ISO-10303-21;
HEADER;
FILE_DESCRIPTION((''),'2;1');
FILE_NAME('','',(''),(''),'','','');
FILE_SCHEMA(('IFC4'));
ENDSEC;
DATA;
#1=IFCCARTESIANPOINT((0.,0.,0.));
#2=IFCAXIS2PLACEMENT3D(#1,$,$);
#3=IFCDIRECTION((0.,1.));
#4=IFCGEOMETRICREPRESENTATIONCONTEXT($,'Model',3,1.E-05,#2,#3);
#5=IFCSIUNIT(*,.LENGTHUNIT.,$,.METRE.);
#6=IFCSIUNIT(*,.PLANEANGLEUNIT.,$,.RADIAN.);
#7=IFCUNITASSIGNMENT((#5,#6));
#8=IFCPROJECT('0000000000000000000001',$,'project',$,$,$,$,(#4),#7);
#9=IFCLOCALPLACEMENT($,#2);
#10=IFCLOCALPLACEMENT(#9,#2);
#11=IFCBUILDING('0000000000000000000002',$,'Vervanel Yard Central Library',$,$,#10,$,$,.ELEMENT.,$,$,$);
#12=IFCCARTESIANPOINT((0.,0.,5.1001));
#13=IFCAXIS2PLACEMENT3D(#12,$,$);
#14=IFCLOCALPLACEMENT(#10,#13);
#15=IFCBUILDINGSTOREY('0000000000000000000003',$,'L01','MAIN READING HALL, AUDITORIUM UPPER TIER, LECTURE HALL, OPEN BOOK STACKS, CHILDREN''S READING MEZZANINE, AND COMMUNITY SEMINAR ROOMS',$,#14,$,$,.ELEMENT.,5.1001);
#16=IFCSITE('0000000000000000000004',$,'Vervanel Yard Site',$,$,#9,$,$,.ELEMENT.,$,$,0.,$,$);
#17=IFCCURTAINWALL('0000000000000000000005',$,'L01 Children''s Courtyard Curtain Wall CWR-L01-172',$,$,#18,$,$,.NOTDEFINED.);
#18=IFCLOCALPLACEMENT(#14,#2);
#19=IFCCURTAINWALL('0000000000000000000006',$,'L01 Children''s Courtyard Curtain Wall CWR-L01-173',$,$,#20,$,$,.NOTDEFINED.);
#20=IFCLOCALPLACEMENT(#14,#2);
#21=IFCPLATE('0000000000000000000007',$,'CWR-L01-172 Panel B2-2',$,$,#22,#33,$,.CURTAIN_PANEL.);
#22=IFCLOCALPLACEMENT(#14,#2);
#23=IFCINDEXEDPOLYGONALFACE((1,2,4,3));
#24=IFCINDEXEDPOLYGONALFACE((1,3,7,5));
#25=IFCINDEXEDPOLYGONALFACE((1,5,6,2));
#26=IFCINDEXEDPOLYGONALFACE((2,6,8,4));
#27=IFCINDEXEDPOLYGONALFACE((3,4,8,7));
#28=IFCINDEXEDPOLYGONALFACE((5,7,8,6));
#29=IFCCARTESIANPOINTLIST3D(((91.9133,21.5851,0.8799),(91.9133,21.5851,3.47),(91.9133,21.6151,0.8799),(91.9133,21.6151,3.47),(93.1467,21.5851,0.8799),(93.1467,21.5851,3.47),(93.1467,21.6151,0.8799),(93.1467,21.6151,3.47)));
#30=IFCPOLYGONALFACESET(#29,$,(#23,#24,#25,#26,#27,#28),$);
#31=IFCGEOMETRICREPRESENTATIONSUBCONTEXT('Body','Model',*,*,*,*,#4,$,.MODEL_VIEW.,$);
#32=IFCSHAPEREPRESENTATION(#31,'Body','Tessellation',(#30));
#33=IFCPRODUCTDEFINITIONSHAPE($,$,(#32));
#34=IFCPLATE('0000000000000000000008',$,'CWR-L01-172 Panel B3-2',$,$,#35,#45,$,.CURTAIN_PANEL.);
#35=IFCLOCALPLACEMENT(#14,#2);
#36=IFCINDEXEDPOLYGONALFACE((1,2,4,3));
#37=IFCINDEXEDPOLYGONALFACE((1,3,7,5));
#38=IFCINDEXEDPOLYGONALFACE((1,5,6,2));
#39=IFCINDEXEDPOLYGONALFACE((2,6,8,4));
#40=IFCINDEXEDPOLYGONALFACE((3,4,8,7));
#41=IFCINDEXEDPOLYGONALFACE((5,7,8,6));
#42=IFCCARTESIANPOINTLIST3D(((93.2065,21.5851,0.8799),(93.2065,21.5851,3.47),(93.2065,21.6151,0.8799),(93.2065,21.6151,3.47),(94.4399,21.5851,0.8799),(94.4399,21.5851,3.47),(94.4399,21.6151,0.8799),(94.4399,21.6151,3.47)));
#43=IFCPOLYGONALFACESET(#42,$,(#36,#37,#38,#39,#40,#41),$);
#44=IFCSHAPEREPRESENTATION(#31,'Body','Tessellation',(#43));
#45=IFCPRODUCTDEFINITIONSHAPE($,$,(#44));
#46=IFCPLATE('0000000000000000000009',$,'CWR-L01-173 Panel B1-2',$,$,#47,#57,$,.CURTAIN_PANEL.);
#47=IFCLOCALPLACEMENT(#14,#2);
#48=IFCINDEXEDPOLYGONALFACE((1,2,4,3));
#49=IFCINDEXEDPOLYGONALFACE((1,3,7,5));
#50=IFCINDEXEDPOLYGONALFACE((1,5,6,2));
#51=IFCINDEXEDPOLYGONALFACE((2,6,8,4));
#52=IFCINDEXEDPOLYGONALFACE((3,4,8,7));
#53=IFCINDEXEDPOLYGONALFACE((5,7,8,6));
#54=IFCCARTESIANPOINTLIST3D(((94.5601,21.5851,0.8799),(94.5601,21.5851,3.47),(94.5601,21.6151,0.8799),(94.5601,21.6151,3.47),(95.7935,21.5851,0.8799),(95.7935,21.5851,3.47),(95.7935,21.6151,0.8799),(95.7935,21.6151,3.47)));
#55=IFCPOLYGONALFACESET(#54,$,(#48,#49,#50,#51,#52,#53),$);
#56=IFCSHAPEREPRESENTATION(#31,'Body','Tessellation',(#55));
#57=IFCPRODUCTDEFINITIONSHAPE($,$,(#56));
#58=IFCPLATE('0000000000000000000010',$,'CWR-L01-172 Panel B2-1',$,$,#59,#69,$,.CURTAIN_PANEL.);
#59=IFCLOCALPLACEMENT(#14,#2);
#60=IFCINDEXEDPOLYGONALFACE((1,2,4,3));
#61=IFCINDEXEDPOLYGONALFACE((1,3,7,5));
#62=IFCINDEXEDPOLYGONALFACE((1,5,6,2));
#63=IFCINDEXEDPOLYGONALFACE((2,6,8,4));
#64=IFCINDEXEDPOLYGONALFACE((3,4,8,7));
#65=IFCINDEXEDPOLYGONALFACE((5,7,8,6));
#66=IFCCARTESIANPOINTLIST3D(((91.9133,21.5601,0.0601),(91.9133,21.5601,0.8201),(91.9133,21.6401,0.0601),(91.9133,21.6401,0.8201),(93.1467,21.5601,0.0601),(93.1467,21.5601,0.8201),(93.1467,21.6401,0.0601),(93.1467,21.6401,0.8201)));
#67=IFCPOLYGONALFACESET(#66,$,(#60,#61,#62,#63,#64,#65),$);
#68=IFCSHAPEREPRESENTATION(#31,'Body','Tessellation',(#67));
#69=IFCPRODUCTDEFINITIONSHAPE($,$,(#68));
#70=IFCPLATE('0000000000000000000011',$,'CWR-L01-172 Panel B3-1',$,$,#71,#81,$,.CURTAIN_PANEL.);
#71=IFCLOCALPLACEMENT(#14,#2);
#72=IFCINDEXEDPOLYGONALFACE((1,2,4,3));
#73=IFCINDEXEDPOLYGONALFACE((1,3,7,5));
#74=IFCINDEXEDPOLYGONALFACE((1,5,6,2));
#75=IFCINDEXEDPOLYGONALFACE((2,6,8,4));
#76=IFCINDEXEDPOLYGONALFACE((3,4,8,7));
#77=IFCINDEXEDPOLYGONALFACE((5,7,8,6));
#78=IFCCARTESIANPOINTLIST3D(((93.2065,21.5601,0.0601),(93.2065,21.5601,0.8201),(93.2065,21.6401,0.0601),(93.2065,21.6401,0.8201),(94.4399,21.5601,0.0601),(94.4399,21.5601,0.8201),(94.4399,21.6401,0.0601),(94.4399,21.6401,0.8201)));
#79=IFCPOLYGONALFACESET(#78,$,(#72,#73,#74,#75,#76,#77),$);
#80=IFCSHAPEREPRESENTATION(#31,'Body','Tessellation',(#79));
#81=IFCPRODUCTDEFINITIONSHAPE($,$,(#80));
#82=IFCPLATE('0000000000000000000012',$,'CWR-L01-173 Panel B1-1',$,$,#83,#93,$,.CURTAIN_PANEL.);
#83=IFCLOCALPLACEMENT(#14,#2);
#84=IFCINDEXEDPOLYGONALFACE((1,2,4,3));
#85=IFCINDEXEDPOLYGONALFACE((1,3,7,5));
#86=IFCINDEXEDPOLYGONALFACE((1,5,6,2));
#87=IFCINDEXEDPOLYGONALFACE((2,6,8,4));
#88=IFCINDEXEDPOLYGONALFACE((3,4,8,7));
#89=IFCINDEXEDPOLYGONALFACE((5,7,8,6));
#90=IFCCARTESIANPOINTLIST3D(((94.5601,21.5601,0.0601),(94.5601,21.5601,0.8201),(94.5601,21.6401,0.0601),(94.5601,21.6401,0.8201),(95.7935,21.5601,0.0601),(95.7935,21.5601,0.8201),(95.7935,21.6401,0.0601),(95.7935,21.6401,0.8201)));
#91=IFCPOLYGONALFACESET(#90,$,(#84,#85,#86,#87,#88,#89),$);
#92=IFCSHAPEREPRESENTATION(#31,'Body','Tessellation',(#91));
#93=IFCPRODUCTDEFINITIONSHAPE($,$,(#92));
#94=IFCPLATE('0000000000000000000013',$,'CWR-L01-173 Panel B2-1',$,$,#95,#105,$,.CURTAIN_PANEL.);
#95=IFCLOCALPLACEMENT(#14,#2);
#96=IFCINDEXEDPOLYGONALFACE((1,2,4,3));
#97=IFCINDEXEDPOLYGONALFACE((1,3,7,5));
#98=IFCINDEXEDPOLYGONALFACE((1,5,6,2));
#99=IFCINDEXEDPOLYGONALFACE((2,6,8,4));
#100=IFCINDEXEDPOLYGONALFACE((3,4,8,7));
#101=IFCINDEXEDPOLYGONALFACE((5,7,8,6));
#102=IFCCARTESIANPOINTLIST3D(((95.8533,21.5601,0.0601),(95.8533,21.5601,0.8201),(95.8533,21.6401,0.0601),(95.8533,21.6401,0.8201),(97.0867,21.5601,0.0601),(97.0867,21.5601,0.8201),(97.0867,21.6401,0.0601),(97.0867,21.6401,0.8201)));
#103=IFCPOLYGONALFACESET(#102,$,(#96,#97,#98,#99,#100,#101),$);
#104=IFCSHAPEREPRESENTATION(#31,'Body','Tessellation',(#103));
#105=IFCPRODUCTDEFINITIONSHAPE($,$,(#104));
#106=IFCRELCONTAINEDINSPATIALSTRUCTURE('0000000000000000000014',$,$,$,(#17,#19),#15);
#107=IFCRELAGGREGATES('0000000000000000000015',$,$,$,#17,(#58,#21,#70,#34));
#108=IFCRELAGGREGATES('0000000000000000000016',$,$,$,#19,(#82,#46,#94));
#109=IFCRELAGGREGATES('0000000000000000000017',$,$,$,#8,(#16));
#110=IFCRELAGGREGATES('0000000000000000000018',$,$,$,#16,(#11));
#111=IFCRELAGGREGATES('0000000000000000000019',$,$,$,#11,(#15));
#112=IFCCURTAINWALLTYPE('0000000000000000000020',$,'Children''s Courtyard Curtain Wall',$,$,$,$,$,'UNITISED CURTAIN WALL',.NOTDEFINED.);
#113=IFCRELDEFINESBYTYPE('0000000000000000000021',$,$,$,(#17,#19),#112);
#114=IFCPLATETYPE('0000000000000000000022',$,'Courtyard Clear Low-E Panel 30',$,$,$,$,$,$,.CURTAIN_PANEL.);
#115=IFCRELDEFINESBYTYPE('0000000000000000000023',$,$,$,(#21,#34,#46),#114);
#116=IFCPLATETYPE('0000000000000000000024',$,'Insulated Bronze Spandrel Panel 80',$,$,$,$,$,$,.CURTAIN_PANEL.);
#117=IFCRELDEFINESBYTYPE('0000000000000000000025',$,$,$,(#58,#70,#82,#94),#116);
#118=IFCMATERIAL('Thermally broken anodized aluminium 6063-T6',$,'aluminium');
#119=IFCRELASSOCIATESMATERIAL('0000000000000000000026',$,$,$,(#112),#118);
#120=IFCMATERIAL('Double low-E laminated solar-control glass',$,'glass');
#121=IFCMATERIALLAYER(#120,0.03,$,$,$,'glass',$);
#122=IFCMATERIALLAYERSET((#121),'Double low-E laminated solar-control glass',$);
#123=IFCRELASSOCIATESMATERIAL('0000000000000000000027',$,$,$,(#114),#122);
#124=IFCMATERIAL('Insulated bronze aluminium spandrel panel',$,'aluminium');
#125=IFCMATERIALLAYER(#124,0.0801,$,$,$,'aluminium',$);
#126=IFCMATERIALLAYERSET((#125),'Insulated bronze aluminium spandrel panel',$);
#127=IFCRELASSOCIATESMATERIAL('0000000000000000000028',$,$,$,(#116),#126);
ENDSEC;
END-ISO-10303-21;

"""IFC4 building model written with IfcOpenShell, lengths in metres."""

from ifc_helpers import new_model, si_unit, direction, frame, origin, origin_2d, place, context, subcontext, project, spatial, rectangle, extrude, material, layer, layer_set, type_object, element, aggregate, save


model = new_model("IFC4")

# Units and contexts
model_context = context("Model", 3, precision=1e-05, world=origin(), true_north=direction((0.0, 1.0)))
body_context = subcontext(model_context, "Body", "Model", "MODEL_VIEW")
ifc_project = project(units=[si_unit("LENGTHUNIT", "METRE"), si_unit("PLANEANGLEUNIT", "RADIAN")], contexts=[model_context])

# Site, building, storey
site_placement = place(None, origin())
site = spatial("IfcSite", under=ifc_project, at=site_placement, Name="Vervanel Yard Site", CompositionType="ELEMENT", RefElevation=0.0)
building_placement = place(site_placement, origin())
building = spatial("IfcBuilding", under=site, at=building_placement, Name="Vervanel Yard Central Library", CompositionType="ELEMENT")
storey_placement = place(building_placement, frame((0.0, 0.0, 5.1001)))
storey = spatial("IfcBuildingStorey", under=building, at=storey_placement, Name="L01", Description="MAIN READING HALL, AUDITORIUM UPPER TIER, LECTURE HALL, OPEN BOOK STACKS, CHILDREN'S READING MEZZANINE, AND COMMUNITY SEMINAR ROOMS", CompositionType="ELEMENT", Elevation=5.1001)

# Curtain walls
ifc_material_1 = material(Name="Thermally broken anodized aluminium 6063-T6", Category="aluminium")
curtain_wall_type = type_object("IfcCurtainWallType", Name="Children's Courtyard Curtain Wall", ElementType="UNITISED CURTAIN WALL", PredefinedType="NOTDEFINED", material=ifc_material_1)
curtain_wall_1_placement = place(storey_placement, origin())
curtain_wall_1 = element("IfcCurtainWall", 1, at=curtain_wall_1_placement, inside=storey, type_object=curtain_wall_type, Name="L01 Children's Courtyard Curtain Wall CWR-L01-172", PredefinedType="NOTDEFINED")
curtain_wall_2_placement = place(storey_placement, origin())
curtain_wall_2 = element("IfcCurtainWall", 2, at=curtain_wall_2_placement, inside=storey, type_object=curtain_wall_type, Name="L01 Children's Courtyard Curtain Wall CWR-L01-173", PredefinedType="NOTDEFINED")

# Plates
ifc_material_2 = material(Name="Double low-E laminated solar-control glass", Category="glass")
ifc_layer_1 = layer(ifc_material_2, 0.03, Category="glass")
ifc_layer_set_1 = layer_set([ifc_layer_1], Name="Double low-E laminated solar-control glass")
plate_type_1 = type_object("IfcPlateType", Name="Courtyard Clear Low-E Panel 30", PredefinedType="CURTAIN_PANEL", material=ifc_layer_set_1)
plate_1_placement = place(storey_placement, frame((92.53, 21.6001, 0.8799), z_axis=(0.0, 0.0, 1.0), x_axis=(1.0, 0.0, 0.0)))
plate_1 = element("IfcPlate", 3, at=plate_1_placement, type_object=plate_type_1, Name="CWR-L01-172 Panel B2-2", PredefinedType="CURTAIN_PANEL", context=body_context, shape_type="SweptSolid", body=[
    extrude(rectangle(XDim=1.2334, YDim=0.03, at=origin_2d()), origin(), (0.0, 0.0, 1.0), 2.5901),
])
plate_2_placement = place(storey_placement, frame((93.8232, 21.6001, 0.8799), z_axis=(0.0, 0.0, 1.0), x_axis=(1.0, 0.0, 0.0)))
plate_2 = element("IfcPlate", 4, at=plate_2_placement, type_object=plate_type_1, Name="CWR-L01-172 Panel B3-2", PredefinedType="CURTAIN_PANEL", context=body_context, shape_type="SweptSolid", body=[
    extrude(rectangle(XDim=1.2334, YDim=0.03, at=origin_2d()), origin(), (0.0, 0.0, 1.0), 2.5901),
])
plate_3_placement = place(storey_placement, frame((95.1768, 21.6001, 0.8799), z_axis=(0.0, 0.0, 1.0), x_axis=(1.0, 0.0, 0.0)))
plate_3 = element("IfcPlate", 5, at=plate_3_placement, type_object=plate_type_1, Name="CWR-L01-173 Panel B1-2", PredefinedType="CURTAIN_PANEL", context=body_context, shape_type="SweptSolid", body=[
    extrude(rectangle(XDim=1.2334, YDim=0.03, at=origin_2d()), origin(), (0.0, 0.0, 1.0), 2.5901),
])
ifc_material_3 = material(Name="Insulated bronze aluminium spandrel panel", Category="aluminium")
ifc_layer_2 = layer(ifc_material_3, 0.0801, Category="aluminium")
ifc_layer_set_2 = layer_set([ifc_layer_2], Name="Insulated bronze aluminium spandrel panel")
plate_type_2 = type_object("IfcPlateType", Name="Insulated Bronze Spandrel Panel 80", PredefinedType="CURTAIN_PANEL", material=ifc_layer_set_2)
plate_4_placement = place(storey_placement, frame((92.53, 21.6001, 0.0601), z_axis=(0.0, 0.0, 1.0), x_axis=(1.0, 0.0, 0.0)))
plate_4 = element("IfcPlate", 6, at=plate_4_placement, type_object=plate_type_2, Name="CWR-L01-172 Panel B2-1", PredefinedType="CURTAIN_PANEL", context=body_context, shape_type="SweptSolid", body=[
    extrude(rectangle(XDim=1.2334, YDim=0.0801, at=origin_2d()), origin(), (0.0, 0.0, 1.0), 0.76),
])
plate_5_placement = place(storey_placement, frame((93.8232, 21.6001, 0.0601), z_axis=(0.0, 0.0, 1.0), x_axis=(1.0, 0.0, 0.0)))
plate_5 = element("IfcPlate", 7, at=plate_5_placement, type_object=plate_type_2, Name="CWR-L01-172 Panel B3-1", PredefinedType="CURTAIN_PANEL", context=body_context, shape_type="SweptSolid", body=[
    extrude(rectangle(XDim=1.2334, YDim=0.0801, at=origin_2d()), origin(), (0.0, 0.0, 1.0), 0.76),
])
aggregate(curtain_wall_1, [plate_4, plate_1, plate_5, plate_2])
plate_6_placement = place(storey_placement, frame((95.1768, 21.6001, 0.0601), z_axis=(0.0, 0.0, 1.0), x_axis=(1.0, 0.0, 0.0)))
plate_6 = element("IfcPlate", 8, at=plate_6_placement, type_object=plate_type_2, Name="CWR-L01-173 Panel B1-1", PredefinedType="CURTAIN_PANEL", context=body_context, shape_type="SweptSolid", body=[
    extrude(rectangle(XDim=1.2334, YDim=0.0801, at=origin_2d()), origin(), (0.0, 0.0, 1.0), 0.76),
])
plate_7_placement = place(storey_placement, frame((96.47, 21.6001, 0.0601), z_axis=(0.0, 0.0, 1.0), x_axis=(1.0, 0.0, 0.0)))
plate_7 = element("IfcPlate", 9, at=plate_7_placement, type_object=plate_type_2, Name="CWR-L01-173 Panel B2-1", PredefinedType="CURTAIN_PANEL", context=body_context, shape_type="SweptSolid", body=[
    extrude(rectangle(XDim=1.2334, YDim=0.0801, at=origin_2d()), origin(), (0.0, 0.0, 1.0), 0.76),
])
aggregate(curtain_wall_2, [plate_6, plate_3, plate_7])

save(model, "model.ifc")
